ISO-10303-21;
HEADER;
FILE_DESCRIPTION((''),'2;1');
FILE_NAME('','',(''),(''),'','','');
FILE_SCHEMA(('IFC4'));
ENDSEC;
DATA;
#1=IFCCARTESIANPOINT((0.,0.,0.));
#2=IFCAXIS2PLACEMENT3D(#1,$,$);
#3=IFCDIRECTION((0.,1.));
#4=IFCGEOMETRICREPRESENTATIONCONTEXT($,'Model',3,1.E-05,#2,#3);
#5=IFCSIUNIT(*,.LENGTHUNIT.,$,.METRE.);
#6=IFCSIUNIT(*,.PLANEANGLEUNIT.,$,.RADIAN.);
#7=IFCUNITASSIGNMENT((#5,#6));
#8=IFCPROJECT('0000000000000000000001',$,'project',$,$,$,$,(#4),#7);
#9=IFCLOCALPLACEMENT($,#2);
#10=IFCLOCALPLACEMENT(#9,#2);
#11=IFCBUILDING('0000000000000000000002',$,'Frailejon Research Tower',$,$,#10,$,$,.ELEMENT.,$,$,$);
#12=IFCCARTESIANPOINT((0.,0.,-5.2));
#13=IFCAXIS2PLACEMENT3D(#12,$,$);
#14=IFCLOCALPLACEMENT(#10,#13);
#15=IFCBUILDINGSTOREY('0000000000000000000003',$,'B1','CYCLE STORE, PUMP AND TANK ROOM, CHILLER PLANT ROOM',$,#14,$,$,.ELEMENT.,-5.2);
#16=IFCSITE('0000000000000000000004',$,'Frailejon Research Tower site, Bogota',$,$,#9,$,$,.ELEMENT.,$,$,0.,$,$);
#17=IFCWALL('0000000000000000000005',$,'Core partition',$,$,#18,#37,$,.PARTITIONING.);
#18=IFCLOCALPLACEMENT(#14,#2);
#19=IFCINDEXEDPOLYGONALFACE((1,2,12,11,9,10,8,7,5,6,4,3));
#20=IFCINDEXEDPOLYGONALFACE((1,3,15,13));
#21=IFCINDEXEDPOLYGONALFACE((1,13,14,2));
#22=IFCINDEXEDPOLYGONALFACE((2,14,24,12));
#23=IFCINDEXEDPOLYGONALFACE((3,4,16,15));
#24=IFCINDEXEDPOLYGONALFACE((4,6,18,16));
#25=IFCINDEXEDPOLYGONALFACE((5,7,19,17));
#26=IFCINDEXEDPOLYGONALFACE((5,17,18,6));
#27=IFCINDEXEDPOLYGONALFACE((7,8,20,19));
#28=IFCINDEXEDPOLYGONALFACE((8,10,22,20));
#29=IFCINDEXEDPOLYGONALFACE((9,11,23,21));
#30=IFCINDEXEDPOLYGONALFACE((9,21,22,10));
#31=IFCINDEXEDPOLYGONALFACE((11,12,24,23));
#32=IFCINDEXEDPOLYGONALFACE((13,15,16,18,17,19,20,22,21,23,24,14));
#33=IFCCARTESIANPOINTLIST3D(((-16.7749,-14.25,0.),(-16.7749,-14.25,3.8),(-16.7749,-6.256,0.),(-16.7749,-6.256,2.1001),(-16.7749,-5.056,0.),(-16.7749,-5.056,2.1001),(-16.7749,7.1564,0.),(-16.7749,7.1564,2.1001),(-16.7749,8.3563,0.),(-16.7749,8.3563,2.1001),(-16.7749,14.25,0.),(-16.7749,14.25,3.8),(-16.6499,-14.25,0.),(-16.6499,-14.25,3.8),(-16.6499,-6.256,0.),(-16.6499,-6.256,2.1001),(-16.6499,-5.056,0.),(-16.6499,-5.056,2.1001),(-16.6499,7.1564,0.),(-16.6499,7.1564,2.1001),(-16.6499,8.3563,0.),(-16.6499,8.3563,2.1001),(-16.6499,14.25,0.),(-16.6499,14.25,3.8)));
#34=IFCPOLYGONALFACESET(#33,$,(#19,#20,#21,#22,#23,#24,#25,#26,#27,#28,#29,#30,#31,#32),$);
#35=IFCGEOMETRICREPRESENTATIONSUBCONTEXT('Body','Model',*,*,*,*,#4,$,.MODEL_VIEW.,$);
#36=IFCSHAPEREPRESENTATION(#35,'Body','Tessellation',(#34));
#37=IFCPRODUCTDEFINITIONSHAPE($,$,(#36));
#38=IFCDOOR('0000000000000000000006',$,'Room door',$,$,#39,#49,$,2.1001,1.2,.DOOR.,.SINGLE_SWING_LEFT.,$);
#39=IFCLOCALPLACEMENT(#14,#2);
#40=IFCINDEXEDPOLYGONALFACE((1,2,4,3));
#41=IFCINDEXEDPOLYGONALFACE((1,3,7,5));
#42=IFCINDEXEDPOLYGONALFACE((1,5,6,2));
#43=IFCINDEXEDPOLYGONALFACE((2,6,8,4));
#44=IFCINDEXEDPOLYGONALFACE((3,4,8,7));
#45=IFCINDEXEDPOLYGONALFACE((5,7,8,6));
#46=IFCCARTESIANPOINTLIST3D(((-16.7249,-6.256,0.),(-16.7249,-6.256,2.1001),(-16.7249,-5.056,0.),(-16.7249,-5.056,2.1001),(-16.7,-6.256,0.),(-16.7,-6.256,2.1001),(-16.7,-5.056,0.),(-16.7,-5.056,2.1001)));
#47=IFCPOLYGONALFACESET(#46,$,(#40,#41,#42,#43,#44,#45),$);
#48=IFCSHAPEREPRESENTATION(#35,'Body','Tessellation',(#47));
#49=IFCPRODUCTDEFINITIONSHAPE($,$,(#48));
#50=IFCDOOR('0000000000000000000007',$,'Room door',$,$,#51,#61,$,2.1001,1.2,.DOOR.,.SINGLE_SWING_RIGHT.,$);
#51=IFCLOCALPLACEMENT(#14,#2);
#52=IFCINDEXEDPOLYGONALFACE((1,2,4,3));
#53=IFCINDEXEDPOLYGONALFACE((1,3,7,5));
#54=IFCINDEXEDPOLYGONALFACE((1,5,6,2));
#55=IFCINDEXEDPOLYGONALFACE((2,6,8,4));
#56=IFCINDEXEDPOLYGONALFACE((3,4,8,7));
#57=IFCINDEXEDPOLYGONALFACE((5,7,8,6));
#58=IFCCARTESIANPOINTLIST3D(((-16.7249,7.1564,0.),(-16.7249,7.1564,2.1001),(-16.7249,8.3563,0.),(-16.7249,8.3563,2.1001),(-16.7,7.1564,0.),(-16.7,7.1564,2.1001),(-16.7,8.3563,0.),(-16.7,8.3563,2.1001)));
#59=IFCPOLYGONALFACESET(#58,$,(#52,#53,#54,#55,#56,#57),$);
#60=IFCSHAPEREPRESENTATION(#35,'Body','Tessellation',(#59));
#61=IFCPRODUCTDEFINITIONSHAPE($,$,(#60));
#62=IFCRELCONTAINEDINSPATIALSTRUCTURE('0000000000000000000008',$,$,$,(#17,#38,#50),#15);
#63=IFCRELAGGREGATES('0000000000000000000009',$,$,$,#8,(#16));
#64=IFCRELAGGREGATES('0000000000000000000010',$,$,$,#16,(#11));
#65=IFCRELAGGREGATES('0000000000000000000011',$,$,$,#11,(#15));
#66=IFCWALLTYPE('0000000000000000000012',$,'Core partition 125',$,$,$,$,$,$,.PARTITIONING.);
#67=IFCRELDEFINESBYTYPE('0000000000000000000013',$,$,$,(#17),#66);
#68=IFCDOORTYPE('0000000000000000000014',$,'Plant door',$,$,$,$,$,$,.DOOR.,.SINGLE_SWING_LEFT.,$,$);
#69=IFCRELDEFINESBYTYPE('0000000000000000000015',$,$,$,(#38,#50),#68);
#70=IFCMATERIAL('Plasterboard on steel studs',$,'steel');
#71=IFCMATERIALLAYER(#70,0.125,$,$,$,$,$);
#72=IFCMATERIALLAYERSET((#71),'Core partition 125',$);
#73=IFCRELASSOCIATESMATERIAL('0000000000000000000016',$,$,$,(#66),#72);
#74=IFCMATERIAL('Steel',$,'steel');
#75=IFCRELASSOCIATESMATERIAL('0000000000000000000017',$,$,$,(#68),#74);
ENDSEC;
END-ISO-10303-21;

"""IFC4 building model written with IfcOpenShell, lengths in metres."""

from ifc_helpers import new_model, si_unit, direction, frame, frame_2d, origin, place, context, subcontext, project, spatial, rectangle, extrude, material, layer, layer_set, type_object, element, fill, save


model = new_model("IFC4")

# Units and contexts
model_context = context("Model", 3, precision=1e-05, world=origin(), true_north=direction((0.0, 1.0)))
body_context = subcontext(model_context, "Body", "Model", "MODEL_VIEW")
ifc_project = project(units=[si_unit("LENGTHUNIT", "METRE"), si_unit("PLANEANGLEUNIT", "RADIAN")], contexts=[model_context])

# Site, building, storey
site_placement = place(None, origin())
site = spatial("IfcSite", under=ifc_project, at=site_placement, Name="Frailejon Research Tower site, Bogota", CompositionType="ELEMENT", RefElevation=0.0)
building_placement = place(site_placement, origin())
building = spatial("IfcBuilding", under=site, at=building_placement, Name="Frailejon Research Tower", CompositionType="ELEMENT")
storey_placement = place(building_placement, frame((0.0, 0.0, -5.2)))
storey = spatial("IfcBuildingStorey", under=building, at=storey_placement, Name="B1", Description="CYCLE STORE, PUMP AND TANK ROOM, CHILLER PLANT ROOM", CompositionType="ELEMENT", Elevation=-5.2)

# Wall, openings, doors
ifc_material_1 = material(Name="Plasterboard on steel studs", Category="steel")
ifc_layer_1 = layer(ifc_material_1, 0.125)
ifc_layer_set_1 = layer_set([ifc_layer_1], Name="Core partition 125")
wall_type_1 = type_object("IfcWallType", Name="Core partition 125", PredefinedType="PARTITIONING", material=ifc_layer_set_1)
wall_1_placement = place(storey_placement, frame((-16.7124, -14.25, 0.0), z_axis=(0.0, 0.0, 1.0), x_axis=(0.0, 1.0, 0.0)))
wall_1 = element("IfcWall", 1, at=wall_1_placement, inside=storey, type_object=wall_type_1, Name="Core partition", PredefinedType="PARTITIONING", context=body_context, shape_type="SweptSolid", body=[
    extrude(rectangle(XDim=28.5, YDim=0.125, at=frame_2d((14.25, 0.0))), origin(), (0.0, 0.0, 1.0), 3.8),
])
opening_1_placement = place(wall_1_placement, frame((7.9939, 0.0, 0.0)))
opening_1 = element("IfcOpeningElement", 2, at=opening_1_placement, cuts=wall_1, PredefinedType="OPENING", context=body_context, shape_type="SweptSolid", body=[
    extrude(rectangle(XDim=1.2, YDim=2.1001, at=frame_2d((0.6001, 1.05))), frame((0.0, 0.0725, 0.0), z_axis=(0.0, -1.0, 0.0), x_axis=(1.0, 0.0, 0.0)), (0.0, 0.0, 1.0), 0.145),
])
opening_2_placement = place(wall_1_placement, frame((21.4062, 0.0, 0.0)))
opening_2 = element("IfcOpeningElement", 3, at=opening_2_placement, cuts=wall_1, PredefinedType="OPENING", context=body_context, shape_type="SweptSolid", body=[
    extrude(rectangle(XDim=1.2, YDim=2.1001, at=frame_2d((0.6001, 1.05))), frame((0.0, 0.0725, 0.0), z_axis=(0.0, -1.0, 0.0), x_axis=(1.0, 0.0, 0.0)), (0.0, 0.0, 1.0), 0.145),
])
ifc_material_2 = material(Name="Steel", Category="steel")
door_type_1 = type_object("IfcDoorType", Name="Plant door", OperationType="SINGLE_SWING_LEFT", PredefinedType="DOOR", material=ifc_material_2)
door_1_placement = place(opening_1_placement, origin())
door_1 = element("IfcDoor", 4, at=door_1_placement, inside=storey, type_object=door_type_1, Name="Room door", OperationType="SINGLE_SWING_LEFT", OverallHeight=2.1001, OverallWidth=1.2, PredefinedType="DOOR", context=body_context, shape_type="SweptSolid", body=[
    extrude(rectangle(XDim=1.2, YDim=2.1001, at=frame_2d((0.6001, 1.05))), frame((0.0, 0.0125, 0.0), z_axis=(0.0, -1.0, 0.0), x_axis=(1.0, 0.0, 0.0)), (0.0, 0.0, 1.0), 0.0249),
])
fill(opening_1, door_1)
door_2_placement = place(opening_2_placement, origin())
door_2 = element("IfcDoor", 5, at=door_2_placement, inside=storey, type_object=door_type_1, Name="Room door", OperationType="SINGLE_SWING_RIGHT", OverallHeight=2.1001, OverallWidth=1.2, PredefinedType="DOOR", context=body_context, shape_type="SweptSolid", body=[
    extrude(rectangle(XDim=1.2, YDim=2.1001, at=frame_2d((0.6001, 1.05))), frame((0.0, 0.0125, 0.0), z_axis=(0.0, -1.0, 0.0), x_axis=(1.0, 0.0, 0.0)), (0.0, 0.0, 1.0), 0.0249),
])
fill(opening_2, door_2)

save(model, "model.ifc")
